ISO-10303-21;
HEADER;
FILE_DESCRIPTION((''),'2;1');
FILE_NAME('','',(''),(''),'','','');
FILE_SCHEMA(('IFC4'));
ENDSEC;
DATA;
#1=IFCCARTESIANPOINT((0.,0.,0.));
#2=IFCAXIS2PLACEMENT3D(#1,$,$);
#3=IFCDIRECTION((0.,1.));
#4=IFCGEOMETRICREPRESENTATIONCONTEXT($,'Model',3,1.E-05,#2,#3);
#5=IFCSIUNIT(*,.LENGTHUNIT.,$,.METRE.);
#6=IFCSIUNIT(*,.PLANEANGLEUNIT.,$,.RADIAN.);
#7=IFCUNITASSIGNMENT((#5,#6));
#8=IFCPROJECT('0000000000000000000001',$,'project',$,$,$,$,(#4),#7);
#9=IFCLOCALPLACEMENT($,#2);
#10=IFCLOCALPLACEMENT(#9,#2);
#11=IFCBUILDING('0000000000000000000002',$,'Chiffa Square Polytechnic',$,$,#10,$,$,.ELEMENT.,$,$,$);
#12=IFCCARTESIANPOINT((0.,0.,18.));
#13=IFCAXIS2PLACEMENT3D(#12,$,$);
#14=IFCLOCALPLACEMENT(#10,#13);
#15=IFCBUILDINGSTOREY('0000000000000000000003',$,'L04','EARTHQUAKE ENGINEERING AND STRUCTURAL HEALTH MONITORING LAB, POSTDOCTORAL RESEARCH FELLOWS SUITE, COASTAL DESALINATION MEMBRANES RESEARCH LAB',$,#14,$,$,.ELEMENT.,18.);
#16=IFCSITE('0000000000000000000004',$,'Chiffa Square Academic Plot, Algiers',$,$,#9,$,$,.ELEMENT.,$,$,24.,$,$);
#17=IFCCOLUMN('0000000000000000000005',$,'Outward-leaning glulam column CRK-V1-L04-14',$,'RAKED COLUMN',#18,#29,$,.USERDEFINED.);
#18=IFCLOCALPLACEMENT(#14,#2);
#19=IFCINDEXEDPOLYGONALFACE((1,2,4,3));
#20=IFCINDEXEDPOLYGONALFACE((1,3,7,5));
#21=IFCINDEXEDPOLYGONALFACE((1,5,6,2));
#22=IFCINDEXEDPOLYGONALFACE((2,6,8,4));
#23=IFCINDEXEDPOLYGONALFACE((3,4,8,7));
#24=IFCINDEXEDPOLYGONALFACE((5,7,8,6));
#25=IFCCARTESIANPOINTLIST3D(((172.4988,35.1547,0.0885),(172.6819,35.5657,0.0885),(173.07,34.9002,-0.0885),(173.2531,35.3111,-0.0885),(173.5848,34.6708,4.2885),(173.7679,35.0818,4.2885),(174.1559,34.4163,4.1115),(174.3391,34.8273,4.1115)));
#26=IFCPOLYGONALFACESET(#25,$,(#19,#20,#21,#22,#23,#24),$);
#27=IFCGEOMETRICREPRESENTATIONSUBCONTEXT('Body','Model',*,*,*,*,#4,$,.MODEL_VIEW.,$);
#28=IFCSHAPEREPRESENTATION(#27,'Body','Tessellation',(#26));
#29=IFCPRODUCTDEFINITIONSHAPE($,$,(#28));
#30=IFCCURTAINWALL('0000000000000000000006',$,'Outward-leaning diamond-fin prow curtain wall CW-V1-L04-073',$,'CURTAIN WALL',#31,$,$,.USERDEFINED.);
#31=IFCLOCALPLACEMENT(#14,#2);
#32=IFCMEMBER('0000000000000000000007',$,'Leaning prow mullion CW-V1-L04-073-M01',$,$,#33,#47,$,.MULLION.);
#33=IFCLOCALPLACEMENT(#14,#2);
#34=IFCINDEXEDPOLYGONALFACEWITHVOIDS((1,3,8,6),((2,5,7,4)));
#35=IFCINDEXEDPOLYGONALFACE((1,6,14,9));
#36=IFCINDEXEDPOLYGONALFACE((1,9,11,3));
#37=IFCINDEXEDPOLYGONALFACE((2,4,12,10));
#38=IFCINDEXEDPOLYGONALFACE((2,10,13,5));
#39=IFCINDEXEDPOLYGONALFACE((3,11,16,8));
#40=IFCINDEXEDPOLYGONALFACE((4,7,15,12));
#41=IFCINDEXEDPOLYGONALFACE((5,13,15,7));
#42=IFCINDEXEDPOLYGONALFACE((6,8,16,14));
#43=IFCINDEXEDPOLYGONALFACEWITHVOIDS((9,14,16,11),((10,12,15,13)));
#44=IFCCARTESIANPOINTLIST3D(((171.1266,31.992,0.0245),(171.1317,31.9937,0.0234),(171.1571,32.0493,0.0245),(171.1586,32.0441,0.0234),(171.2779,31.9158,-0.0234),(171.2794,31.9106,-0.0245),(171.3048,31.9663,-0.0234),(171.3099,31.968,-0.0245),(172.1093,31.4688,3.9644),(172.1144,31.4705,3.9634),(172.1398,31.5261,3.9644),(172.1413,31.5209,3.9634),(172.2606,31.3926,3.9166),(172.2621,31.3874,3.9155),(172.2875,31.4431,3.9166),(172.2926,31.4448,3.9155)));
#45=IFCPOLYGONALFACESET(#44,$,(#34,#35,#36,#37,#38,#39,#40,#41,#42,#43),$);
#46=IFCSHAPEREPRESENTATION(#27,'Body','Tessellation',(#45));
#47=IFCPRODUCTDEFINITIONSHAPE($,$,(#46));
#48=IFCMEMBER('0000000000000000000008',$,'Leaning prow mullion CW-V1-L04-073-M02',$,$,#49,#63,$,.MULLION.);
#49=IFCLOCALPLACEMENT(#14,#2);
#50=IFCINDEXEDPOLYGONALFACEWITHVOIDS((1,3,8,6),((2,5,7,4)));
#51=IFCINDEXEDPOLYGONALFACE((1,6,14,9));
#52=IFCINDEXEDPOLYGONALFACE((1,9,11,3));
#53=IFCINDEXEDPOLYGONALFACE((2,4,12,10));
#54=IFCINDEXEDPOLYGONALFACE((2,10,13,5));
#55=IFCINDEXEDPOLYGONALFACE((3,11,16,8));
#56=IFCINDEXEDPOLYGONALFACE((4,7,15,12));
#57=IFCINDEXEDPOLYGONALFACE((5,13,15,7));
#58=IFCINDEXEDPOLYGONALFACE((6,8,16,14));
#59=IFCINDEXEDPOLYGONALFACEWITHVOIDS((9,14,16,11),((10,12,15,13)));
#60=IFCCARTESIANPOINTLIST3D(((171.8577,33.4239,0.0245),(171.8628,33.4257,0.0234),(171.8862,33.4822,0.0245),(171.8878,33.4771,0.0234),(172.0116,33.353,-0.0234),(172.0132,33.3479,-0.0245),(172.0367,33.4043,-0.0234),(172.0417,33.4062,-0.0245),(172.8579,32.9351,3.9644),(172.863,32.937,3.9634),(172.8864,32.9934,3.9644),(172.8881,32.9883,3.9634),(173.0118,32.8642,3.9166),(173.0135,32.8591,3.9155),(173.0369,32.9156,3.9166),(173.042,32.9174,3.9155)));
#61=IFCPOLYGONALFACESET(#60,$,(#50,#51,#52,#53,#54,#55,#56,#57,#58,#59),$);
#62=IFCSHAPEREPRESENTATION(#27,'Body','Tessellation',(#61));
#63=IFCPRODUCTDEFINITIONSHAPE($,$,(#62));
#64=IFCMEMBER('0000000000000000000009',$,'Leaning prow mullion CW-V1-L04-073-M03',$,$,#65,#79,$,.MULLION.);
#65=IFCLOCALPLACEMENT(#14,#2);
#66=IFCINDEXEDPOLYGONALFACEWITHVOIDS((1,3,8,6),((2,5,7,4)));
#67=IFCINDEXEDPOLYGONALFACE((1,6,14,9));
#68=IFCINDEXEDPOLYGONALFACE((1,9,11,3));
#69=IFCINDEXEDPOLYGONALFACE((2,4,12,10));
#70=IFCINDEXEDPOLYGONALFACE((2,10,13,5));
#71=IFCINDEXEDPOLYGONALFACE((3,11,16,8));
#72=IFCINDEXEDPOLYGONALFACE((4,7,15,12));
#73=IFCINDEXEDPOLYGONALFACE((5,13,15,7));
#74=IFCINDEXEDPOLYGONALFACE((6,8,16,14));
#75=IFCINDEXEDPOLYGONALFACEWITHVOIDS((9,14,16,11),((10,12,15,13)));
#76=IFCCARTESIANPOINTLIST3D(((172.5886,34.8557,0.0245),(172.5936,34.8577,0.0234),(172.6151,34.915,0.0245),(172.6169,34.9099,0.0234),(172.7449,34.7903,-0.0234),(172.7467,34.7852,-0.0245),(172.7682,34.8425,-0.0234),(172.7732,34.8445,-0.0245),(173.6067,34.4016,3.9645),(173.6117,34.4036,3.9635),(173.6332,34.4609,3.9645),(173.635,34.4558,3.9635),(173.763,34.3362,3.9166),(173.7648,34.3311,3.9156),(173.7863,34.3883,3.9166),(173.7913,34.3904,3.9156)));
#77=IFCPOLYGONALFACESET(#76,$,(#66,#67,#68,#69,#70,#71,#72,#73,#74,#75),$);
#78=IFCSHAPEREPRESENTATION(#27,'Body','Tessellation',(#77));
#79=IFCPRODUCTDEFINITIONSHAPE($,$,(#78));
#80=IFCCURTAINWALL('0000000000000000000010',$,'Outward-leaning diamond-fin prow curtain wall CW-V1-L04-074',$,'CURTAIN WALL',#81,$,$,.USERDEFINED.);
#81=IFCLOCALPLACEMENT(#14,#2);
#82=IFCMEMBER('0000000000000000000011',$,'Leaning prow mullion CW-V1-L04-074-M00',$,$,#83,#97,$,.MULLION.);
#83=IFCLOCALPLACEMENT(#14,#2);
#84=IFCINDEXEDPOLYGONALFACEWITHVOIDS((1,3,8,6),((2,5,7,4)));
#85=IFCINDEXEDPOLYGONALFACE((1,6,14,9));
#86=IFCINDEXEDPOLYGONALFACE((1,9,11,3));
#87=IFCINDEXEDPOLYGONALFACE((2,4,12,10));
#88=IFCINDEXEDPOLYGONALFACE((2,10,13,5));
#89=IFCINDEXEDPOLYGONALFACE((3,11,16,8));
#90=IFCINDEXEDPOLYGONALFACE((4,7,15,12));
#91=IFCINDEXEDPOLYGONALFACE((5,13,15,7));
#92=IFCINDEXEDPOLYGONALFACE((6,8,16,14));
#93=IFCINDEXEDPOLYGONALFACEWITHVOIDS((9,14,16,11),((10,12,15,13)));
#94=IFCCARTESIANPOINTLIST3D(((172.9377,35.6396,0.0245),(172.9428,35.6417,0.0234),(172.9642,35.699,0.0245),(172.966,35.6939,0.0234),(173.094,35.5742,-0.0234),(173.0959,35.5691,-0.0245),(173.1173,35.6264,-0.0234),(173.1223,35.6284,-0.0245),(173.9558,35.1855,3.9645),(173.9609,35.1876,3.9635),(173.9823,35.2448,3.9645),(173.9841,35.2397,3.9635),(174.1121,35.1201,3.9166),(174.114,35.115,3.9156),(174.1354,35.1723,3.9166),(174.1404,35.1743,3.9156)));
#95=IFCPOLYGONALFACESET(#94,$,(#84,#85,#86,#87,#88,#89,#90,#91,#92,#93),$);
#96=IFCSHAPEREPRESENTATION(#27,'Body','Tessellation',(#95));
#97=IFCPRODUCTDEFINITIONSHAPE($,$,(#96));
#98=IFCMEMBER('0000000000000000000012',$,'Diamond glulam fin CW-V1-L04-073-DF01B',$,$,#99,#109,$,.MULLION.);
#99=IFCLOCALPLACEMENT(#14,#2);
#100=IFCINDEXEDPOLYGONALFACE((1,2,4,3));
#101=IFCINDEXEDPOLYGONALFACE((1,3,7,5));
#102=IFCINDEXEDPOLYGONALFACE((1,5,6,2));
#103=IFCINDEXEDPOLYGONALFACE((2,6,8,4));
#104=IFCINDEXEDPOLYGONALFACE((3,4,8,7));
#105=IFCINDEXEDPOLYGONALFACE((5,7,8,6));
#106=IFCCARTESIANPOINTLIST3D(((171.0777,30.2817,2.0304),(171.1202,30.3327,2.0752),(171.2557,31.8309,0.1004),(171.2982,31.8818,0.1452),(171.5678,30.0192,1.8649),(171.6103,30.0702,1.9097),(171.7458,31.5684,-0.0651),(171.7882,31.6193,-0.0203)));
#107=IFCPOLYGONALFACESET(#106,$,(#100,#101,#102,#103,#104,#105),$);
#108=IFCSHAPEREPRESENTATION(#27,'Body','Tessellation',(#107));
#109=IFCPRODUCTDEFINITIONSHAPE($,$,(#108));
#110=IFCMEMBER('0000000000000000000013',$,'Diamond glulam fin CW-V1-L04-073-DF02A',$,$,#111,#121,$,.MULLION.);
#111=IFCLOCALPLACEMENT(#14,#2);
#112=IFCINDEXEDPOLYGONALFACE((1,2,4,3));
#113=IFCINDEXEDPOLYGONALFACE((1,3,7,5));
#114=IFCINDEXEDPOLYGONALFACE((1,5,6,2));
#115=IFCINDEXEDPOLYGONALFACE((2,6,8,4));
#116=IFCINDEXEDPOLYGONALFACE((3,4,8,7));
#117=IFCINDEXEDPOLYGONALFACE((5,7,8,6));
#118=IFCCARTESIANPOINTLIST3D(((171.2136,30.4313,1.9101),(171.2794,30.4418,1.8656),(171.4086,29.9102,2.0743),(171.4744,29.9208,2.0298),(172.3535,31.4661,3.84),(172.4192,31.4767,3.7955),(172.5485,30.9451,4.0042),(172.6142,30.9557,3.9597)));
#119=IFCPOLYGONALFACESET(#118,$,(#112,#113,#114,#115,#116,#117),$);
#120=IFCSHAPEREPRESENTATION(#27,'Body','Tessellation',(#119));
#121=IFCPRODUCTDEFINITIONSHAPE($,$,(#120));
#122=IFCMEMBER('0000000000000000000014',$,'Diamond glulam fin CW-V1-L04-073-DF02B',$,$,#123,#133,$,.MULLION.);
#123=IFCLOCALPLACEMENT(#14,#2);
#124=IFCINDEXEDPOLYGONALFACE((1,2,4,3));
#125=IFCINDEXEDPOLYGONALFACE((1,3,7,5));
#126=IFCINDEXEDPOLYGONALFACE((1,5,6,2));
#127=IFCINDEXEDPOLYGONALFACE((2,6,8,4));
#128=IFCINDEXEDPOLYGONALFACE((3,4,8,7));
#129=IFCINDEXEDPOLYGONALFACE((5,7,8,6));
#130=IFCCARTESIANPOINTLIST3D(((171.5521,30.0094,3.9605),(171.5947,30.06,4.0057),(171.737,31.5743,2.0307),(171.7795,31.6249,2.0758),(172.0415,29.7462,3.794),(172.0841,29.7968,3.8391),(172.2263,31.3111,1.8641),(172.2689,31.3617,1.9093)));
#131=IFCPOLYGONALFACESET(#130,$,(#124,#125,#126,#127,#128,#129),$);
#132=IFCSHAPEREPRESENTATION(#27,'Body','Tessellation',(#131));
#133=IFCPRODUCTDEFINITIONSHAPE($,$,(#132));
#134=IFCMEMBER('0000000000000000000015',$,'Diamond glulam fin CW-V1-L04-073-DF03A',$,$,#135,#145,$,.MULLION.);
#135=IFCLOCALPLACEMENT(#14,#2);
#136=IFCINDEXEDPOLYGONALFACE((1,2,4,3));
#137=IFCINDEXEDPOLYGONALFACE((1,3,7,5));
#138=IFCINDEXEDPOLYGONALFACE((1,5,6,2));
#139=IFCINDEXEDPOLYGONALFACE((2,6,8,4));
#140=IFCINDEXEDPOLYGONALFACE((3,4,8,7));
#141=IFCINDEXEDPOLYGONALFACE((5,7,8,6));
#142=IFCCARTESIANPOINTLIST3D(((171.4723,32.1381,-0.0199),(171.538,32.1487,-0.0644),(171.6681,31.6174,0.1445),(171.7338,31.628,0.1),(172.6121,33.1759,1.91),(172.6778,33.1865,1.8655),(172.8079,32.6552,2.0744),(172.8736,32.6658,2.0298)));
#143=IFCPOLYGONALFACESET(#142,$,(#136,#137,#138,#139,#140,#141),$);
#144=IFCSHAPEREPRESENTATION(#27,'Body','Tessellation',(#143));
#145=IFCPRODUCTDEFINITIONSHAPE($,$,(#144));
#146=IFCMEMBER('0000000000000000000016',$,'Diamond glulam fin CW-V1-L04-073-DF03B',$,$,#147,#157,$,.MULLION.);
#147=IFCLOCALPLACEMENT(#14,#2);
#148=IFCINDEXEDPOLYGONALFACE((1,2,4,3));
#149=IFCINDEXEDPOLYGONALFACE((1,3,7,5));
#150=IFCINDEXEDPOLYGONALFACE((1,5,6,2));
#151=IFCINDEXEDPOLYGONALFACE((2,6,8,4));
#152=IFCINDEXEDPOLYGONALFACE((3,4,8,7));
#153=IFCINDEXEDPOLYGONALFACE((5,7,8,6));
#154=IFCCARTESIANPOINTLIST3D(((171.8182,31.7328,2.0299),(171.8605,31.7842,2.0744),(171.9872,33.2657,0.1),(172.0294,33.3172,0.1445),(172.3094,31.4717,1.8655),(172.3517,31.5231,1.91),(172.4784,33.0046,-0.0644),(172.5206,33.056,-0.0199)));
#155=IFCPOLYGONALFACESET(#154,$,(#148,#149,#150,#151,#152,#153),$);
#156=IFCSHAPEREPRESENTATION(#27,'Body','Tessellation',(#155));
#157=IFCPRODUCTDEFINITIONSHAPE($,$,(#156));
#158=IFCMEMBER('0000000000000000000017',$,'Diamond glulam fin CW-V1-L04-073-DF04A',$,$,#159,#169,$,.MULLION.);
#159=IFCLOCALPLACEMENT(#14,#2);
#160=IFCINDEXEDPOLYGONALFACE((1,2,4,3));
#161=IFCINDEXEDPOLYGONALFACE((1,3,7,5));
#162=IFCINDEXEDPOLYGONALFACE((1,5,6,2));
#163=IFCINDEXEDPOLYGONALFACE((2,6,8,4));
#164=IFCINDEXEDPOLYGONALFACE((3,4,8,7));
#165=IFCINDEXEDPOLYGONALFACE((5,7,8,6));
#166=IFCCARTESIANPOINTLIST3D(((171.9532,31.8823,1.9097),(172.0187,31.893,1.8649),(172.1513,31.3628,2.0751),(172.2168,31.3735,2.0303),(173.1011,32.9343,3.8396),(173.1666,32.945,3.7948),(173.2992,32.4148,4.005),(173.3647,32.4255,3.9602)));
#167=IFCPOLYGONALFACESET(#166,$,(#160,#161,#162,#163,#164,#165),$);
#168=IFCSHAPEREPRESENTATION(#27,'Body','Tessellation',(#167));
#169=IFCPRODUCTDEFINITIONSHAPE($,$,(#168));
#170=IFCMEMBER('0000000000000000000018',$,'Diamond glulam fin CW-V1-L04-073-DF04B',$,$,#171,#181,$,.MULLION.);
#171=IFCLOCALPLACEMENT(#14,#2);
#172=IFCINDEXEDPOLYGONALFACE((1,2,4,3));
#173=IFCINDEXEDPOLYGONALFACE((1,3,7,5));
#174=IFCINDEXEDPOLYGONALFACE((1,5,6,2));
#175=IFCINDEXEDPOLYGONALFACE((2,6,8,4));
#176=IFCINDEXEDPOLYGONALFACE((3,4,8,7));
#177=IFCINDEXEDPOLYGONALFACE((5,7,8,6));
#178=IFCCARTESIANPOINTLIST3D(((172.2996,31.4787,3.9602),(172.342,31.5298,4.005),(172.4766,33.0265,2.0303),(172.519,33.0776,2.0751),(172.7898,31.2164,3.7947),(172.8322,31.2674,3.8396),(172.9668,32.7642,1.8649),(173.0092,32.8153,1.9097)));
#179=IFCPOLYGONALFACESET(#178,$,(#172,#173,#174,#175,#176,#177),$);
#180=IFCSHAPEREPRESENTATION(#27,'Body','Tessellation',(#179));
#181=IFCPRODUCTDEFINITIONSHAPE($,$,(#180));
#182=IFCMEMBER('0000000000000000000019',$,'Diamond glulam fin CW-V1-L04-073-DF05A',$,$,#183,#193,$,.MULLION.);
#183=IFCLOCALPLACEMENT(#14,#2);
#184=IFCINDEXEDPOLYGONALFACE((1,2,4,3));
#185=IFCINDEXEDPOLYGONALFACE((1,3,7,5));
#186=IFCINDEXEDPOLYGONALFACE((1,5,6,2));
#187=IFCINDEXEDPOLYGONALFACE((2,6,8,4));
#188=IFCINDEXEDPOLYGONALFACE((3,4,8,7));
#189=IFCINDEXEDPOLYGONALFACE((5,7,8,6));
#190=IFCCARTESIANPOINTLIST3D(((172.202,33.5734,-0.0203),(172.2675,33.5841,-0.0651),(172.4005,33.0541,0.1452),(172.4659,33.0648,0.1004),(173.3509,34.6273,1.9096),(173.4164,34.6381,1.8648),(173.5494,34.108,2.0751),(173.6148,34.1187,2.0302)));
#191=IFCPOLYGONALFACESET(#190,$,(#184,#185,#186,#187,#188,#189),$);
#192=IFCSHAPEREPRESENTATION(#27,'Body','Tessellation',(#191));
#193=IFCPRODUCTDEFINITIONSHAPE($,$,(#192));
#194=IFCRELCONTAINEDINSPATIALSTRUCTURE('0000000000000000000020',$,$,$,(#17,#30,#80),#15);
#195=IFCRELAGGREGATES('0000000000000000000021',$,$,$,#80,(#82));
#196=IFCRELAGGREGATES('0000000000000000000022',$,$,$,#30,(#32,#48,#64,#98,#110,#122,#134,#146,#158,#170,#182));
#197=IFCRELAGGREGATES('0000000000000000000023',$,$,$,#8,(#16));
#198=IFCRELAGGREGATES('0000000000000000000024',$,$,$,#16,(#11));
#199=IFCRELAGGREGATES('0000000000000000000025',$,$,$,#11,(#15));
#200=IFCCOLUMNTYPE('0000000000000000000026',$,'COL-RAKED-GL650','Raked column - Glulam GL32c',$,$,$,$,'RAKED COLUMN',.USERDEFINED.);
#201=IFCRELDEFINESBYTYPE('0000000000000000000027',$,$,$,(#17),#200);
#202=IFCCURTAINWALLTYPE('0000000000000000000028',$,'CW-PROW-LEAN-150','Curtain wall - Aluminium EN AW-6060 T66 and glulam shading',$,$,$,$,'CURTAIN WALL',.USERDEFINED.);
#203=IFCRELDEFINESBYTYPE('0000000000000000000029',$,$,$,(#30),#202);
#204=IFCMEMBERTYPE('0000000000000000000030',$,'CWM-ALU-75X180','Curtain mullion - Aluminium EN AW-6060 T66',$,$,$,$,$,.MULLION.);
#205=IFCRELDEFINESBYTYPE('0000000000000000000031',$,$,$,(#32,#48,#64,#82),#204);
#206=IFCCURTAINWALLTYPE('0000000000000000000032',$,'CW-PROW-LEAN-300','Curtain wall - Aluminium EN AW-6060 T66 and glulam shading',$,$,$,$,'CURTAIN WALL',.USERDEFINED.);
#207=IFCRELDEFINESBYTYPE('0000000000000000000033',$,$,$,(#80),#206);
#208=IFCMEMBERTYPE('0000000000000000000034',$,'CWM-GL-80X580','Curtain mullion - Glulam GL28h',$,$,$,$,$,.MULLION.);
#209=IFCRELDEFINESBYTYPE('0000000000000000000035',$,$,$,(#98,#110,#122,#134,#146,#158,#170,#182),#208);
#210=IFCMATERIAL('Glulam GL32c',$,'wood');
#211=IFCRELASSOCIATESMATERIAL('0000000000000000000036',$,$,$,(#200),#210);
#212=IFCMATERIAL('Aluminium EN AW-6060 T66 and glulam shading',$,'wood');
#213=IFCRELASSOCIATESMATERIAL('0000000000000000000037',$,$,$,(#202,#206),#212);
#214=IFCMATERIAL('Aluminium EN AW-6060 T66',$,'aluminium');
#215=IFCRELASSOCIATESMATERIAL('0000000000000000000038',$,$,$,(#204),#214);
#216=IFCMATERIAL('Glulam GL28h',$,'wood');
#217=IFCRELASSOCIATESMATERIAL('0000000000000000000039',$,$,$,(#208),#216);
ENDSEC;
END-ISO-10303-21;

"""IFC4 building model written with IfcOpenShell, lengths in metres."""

from ifc_helpers import new_model, si_unit, direction, frame, origin, origin_2d, place, context, subcontext, project, spatial, rectangle, hollow_rectangle, extrude, material, material_profile, profile_set, type_object, element, aggregate, save


model = new_model("IFC4")

# Units and contexts
model_context = context("Model", 3, precision=1e-05, world=origin(), true_north=direction((0.0, 1.0)))
body_context = subcontext(model_context, "Body", "Model", "MODEL_VIEW")
ifc_project = project(units=[si_unit("LENGTHUNIT", "METRE"), si_unit("PLANEANGLEUNIT", "RADIAN")], contexts=[model_context])

# Site, building, storey
site_placement = place(None, origin())
site = spatial("IfcSite", under=ifc_project, at=site_placement, Name="Chiffa Square Academic Plot, Algiers", CompositionType="ELEMENT", RefElevation=24.0)
building_placement = place(site_placement, origin())
building = spatial("IfcBuilding", under=site, at=building_placement, Name="Chiffa Square Polytechnic", CompositionType="ELEMENT")
storey_placement = place(building_placement, frame((0.0, 0.0, 18.0)))
storey = spatial("IfcBuildingStorey", under=building, at=storey_placement, Name="L04", Description="EARTHQUAKE ENGINEERING AND STRUCTURAL HEALTH MONITORING LAB, POSTDOCTORAL RESEARCH FELLOWS SUITE, COASTAL DESALINATION MEMBRANES RESEARCH LAB", CompositionType="ELEMENT", Elevation=18.0)

# Column
ifc_material_1 = material(Name="Glulam GL32c", Category="wood")
ifc_material_profile_1 = material_profile(ifc_material_1, rectangle(XDim=0.45, YDim=0.6499, at=origin_2d()), Name="GL32c 450x650")
ifc_profile_set_1 = profile_set([ifc_material_profile_1], Name="Glulam GL32c")
column_type = type_object("IfcColumnType", Name="COL-RAKED-GL650", Description="Raked column - Glulam GL32c", ElementType="RAKED COLUMN", PredefinedType="USERDEFINED", material=ifc_profile_set_1)
column_placement = place(storey_placement, frame((172.876, 35.2329, 0.0), z_axis=(0.248784, -0.110857, 0.962194), x_axis=(0.407015, 0.913422, 0.0)))
element("IfcColumn", 1, at=column_placement, inside=storey, type_object=column_type, Name="Outward-leaning glulam column CRK-V1-L04-14", ObjectType="RAKED COLUMN", PredefinedType="USERDEFINED", context=body_context, shape_type="SweptSolid", body=[
    extrude(rectangle(XDim=0.45, YDim=0.6499, at=origin_2d()), origin(), (0.0, 0.0, 1.0), 4.365),
])

# Curtain wall, members
ifc_material_2 = material(Name="Aluminium EN AW-6060 T66 and glulam shading", Category="wood")
curtain_wall_type_1 = type_object("IfcCurtainWallType", Name="CW-PROW-LEAN-150", Description="Curtain wall - Aluminium EN AW-6060 T66 and glulam shading", ElementType="CURTAIN WALL", PredefinedType="USERDEFINED", material=ifc_material_2)
curtain_wall_1_placement = place(storey_placement, origin())
curtain_wall_1 = element("IfcCurtainWall", 2, at=curtain_wall_1_placement, inside=storey, type_object=curtain_wall_type_1, Name="Outward-leaning diamond-fin prow curtain wall CW-V1-L04-073", ObjectType="CURTAIN WALL", PredefinedType="USERDEFINED")
ifc_material_3 = material(Name="Aluminium EN AW-6060 T66", Category="aluminium")
ifc_material_profile_2 = material_profile(ifc_material_3, hollow_rectangle(XDim=0.0649, YDim=0.1799, WallThickness=0.0039, at=origin_2d()), Name="ALU 65x180x4")
ifc_profile_set_2 = profile_set([ifc_material_profile_2], Name="Aluminium EN AW-6060 T66")
member_type_1 = type_object("IfcMemberType", Name="CWM-ALU-75X180", Description="Curtain mullion - Aluminium EN AW-6060 T66", PredefinedType="MULLION", material=ifc_profile_set_2)
member_1_placement = place(storey_placement, frame((171.2183, 31.98, 0.0), z_axis=(0.240014, -0.127789, 0.962322), x_axis=(0.469962, 0.882687, 0.0)))
member_1 = element("IfcMember", 3, at=member_1_placement, type_object=member_type_1, Name="Leaning prow mullion CW-V1-L04-073-M01", PredefinedType="MULLION", context=body_context, shape_type="SweptSolid", body=[
    extrude(hollow_rectangle(XDim=0.0649, YDim=0.1799, WallThickness=0.0039, at=origin_2d()), origin(), (0.0, 0.0, 1.0), 4.0942),
])
member_2_placement = place(storey_placement, frame((171.9497, 33.415, 0.0), z_axis=(0.244307, -0.119381, 0.962321), x_axis=(0.439037, 0.898469, 0.0)))
member_2 = element("IfcMember", 4, at=member_2_placement, type_object=member_type_1, Name="Leaning prow mullion CW-V1-L04-073-M02", PredefinedType="MULLION", context=body_context, shape_type="SweptSolid", body=[
    extrude(hollow_rectangle(XDim=0.0649, YDim=0.1799, WallThickness=0.0039, at=origin_2d()), origin(), (0.0, 0.0, 1.0), 4.0942),
])
member_3_placement = place(storey_placement, frame((172.6809, 34.8501, 0.0), z_axis=(0.248636, -0.110902, 0.962227), x_axis=(0.407357, 0.913269, 0.0)))
member_3 = element("IfcMember", 5, at=member_3_placement, type_object=member_type_1, Name="Leaning prow mullion CW-V1-L04-073-M03", PredefinedType="MULLION", context=body_context, shape_type="SweptSolid", body=[
    extrude(hollow_rectangle(XDim=0.0649, YDim=0.1799, WallThickness=0.0039, at=origin_2d()), origin(), (0.0, 0.0, 1.0), 4.0947),
])

# Curtain wall, member
curtain_wall_type_2 = type_object("IfcCurtainWallType", Name="CW-PROW-LEAN-300", Description="Curtain wall - Aluminium EN AW-6060 T66 and glulam shading", ElementType="CURTAIN WALL", PredefinedType="USERDEFINED", material=ifc_material_2)
curtain_wall_2_placement = place(storey_placement, origin())
curtain_wall_2 = element("IfcCurtainWall", 6, at=curtain_wall_2_placement, inside=storey, type_object=curtain_wall_type_2, Name="Outward-leaning diamond-fin prow curtain wall CW-V1-L04-074", ObjectType="CURTAIN WALL", PredefinedType="USERDEFINED")
member_4_placement = place(storey_placement, frame((173.03, 35.634, 0.0), z_axis=(0.248636, -0.110902, 0.962227), x_axis=(0.407357, 0.913269, 0.0)))
member_4 = element("IfcMember", 7, at=member_4_placement, type_object=member_type_1, Name="Leaning prow mullion CW-V1-L04-074-M00", PredefinedType="MULLION", context=body_context, shape_type="SweptSolid", body=[
    extrude(hollow_rectangle(XDim=0.0649, YDim=0.1799, WallThickness=0.0039, at=origin_2d()), origin(), (0.0, 0.0, 1.0), 4.0947),
])

# Members
ifc_material_4 = material(Name="Glulam GL28h", Category="wood")
ifc_material_profile_3 = material_profile(ifc_material_4, rectangle(XDim=0.0801, YDim=0.5801, at=origin_2d()), Name="GL28h 80x580")
ifc_profile_set_3 = profile_set([ifc_material_profile_3], Name="Glulam GL28h")
member_type_2 = type_object("IfcMemberType", Name="CWM-GL-80X580", Description="Curtain mullion - Glulam GL28h", PredefinedType="MULLION", material=ifc_profile_set_3)
member_5_placement = place(storey_placement, frame((171.522, 31.7251, 0.04), z_axis=(-0.071733, -0.624345, 0.777848), x_axis=(0.530132, 0.636718, 0.559955)))
member_5 = element("IfcMember", 8, at=member_5_placement, type_object=member_type_2, Name="Diamond glulam fin CW-V1-L04-073-DF01B", PredefinedType="MULLION", context=body_context, shape_type="SweptSolid", body=[
    extrude(rectangle(XDim=0.0801, YDim=0.5801, at=origin_2d()), origin(), (0.0, 0.0, 1.0), 2.4812),
])
member_6_placement = place(storey_placement, frame((171.344, 30.176, 1.97), z_axis=(0.461717, 0.419194, 0.781725), x_axis=(-0.820858, -0.132071, 0.555653)))
member_6 = element("IfcMember", 9, at=member_6_placement, type_object=member_type_2, Name="Diamond glulam fin CW-V1-L04-073-DF02A", PredefinedType="MULLION", context=body_context, shape_type="SweptSolid", body=[
    extrude(rectangle(XDim=0.0801, YDim=0.5801, at=origin_2d()), origin(), (0.0, 0.0, 1.0), 2.4688),
])
member_7_placement = place(storey_placement, frame((172.0029, 31.468, 1.97), z_axis=(-0.074176, -0.628099, 0.77459), x_axis=(0.531801, 0.632157, 0.563529)))
member_7 = element("IfcMember", 10, at=member_7_placement, type_object=member_type_2, Name="Diamond glulam fin CW-V1-L04-073-DF02B", PredefinedType="MULLION", context=body_context, shape_type="SweptSolid", body=[
    extrude(rectangle(XDim=0.0801, YDim=0.5801, at=origin_2d()), origin(), (0.0, 0.0, 1.0), 2.4915),
])
member_8_placement = place(storey_placement, frame((171.603, 31.8831, 0.04), z_axis=(0.461487, 0.420172, 0.781336), x_axis=(-0.820415, -0.132993, 0.556087)))
member_8 = element("IfcMember", 11, at=member_8_placement, type_object=member_type_2, Name="Diamond glulam fin CW-V1-L04-073-DF03A", PredefinedType="MULLION", context=body_context, shape_type="SweptSolid", body=[
    extrude(rectangle(XDim=0.0801, YDim=0.5801, at=origin_2d()), origin(), (0.0, 0.0, 1.0), 2.47),
])
member_9_placement = place(storey_placement, frame((172.2539, 33.1609, 0.04), z_axis=(-0.068386, -0.620517, 0.781205), x_axis=(0.527508, 0.642137, 0.556232)))
member_9 = element("IfcMember", 12, at=member_9_placement, type_object=member_type_2, Name="Diamond glulam fin CW-V1-L04-073-DF03B", PredefinedType="MULLION", context=body_context, shape_type="SweptSolid", body=[
    extrude(rectangle(XDim=0.0801, YDim=0.5801, at=origin_2d()), origin(), (0.0, 0.0, 1.0), 2.4705),
])
member_10_placement = place(storey_placement, frame((172.085, 31.6279, 1.97), z_axis=(0.46293, 0.424238, 0.778278), x_axis=(-0.817971, -0.133811, 0.55948)))
member_10 = element("IfcMember", 13, at=member_10_placement, type_object=member_type_2, Name="Diamond glulam fin CW-V1-L04-073-DF04A", PredefinedType="MULLION", context=body_context, shape_type="SweptSolid", body=[
    extrude(rectangle(XDim=0.0801, YDim=0.5801, at=origin_2d()), origin(), (0.0, 0.0, 1.0), 2.4797),
])
member_11_placement = place(storey_placement, frame((172.7429, 32.9209, 1.97), z_axis=(-0.071364, -0.624062, 0.778109), x_axis=(0.529819, 0.637232, 0.559667)))
member_11 = element("IfcMember", 14, at=member_11_placement, type_object=member_type_2, Name="Diamond glulam fin CW-V1-L04-073-DF04B", PredefinedType="MULLION", context=body_context, shape_type="SweptSolid", body=[
    extrude(rectangle(XDim=0.0801, YDim=0.5801, at=origin_2d()), origin(), (0.0, 0.0, 1.0), 2.4802),
])
member_12_placement = place(storey_placement, frame((172.334, 33.3191, 0.04), z_axis=(0.463085, 0.424806, 0.777877), x_axis=(-0.81764, -0.133978, 0.559924)))
member_12 = element("IfcMember", 15, at=member_12_placement, type_object=member_type_2, Name="Diamond glulam fin CW-V1-L04-073-DF05A", PredefinedType="MULLION", context=body_context, shape_type="SweptSolid", body=[
    extrude(rectangle(XDim=0.0801, YDim=0.5801, at=origin_2d()), origin(), (0.0, 0.0, 1.0), 2.481),
])

aggregate(curtain_wall_2, [member_4])
aggregate(curtain_wall_1, [member_1, member_2, member_3, member_5, member_6, member_7, member_8, member_9, member_10, member_11, member_12])

save(model, "model.ifc")
